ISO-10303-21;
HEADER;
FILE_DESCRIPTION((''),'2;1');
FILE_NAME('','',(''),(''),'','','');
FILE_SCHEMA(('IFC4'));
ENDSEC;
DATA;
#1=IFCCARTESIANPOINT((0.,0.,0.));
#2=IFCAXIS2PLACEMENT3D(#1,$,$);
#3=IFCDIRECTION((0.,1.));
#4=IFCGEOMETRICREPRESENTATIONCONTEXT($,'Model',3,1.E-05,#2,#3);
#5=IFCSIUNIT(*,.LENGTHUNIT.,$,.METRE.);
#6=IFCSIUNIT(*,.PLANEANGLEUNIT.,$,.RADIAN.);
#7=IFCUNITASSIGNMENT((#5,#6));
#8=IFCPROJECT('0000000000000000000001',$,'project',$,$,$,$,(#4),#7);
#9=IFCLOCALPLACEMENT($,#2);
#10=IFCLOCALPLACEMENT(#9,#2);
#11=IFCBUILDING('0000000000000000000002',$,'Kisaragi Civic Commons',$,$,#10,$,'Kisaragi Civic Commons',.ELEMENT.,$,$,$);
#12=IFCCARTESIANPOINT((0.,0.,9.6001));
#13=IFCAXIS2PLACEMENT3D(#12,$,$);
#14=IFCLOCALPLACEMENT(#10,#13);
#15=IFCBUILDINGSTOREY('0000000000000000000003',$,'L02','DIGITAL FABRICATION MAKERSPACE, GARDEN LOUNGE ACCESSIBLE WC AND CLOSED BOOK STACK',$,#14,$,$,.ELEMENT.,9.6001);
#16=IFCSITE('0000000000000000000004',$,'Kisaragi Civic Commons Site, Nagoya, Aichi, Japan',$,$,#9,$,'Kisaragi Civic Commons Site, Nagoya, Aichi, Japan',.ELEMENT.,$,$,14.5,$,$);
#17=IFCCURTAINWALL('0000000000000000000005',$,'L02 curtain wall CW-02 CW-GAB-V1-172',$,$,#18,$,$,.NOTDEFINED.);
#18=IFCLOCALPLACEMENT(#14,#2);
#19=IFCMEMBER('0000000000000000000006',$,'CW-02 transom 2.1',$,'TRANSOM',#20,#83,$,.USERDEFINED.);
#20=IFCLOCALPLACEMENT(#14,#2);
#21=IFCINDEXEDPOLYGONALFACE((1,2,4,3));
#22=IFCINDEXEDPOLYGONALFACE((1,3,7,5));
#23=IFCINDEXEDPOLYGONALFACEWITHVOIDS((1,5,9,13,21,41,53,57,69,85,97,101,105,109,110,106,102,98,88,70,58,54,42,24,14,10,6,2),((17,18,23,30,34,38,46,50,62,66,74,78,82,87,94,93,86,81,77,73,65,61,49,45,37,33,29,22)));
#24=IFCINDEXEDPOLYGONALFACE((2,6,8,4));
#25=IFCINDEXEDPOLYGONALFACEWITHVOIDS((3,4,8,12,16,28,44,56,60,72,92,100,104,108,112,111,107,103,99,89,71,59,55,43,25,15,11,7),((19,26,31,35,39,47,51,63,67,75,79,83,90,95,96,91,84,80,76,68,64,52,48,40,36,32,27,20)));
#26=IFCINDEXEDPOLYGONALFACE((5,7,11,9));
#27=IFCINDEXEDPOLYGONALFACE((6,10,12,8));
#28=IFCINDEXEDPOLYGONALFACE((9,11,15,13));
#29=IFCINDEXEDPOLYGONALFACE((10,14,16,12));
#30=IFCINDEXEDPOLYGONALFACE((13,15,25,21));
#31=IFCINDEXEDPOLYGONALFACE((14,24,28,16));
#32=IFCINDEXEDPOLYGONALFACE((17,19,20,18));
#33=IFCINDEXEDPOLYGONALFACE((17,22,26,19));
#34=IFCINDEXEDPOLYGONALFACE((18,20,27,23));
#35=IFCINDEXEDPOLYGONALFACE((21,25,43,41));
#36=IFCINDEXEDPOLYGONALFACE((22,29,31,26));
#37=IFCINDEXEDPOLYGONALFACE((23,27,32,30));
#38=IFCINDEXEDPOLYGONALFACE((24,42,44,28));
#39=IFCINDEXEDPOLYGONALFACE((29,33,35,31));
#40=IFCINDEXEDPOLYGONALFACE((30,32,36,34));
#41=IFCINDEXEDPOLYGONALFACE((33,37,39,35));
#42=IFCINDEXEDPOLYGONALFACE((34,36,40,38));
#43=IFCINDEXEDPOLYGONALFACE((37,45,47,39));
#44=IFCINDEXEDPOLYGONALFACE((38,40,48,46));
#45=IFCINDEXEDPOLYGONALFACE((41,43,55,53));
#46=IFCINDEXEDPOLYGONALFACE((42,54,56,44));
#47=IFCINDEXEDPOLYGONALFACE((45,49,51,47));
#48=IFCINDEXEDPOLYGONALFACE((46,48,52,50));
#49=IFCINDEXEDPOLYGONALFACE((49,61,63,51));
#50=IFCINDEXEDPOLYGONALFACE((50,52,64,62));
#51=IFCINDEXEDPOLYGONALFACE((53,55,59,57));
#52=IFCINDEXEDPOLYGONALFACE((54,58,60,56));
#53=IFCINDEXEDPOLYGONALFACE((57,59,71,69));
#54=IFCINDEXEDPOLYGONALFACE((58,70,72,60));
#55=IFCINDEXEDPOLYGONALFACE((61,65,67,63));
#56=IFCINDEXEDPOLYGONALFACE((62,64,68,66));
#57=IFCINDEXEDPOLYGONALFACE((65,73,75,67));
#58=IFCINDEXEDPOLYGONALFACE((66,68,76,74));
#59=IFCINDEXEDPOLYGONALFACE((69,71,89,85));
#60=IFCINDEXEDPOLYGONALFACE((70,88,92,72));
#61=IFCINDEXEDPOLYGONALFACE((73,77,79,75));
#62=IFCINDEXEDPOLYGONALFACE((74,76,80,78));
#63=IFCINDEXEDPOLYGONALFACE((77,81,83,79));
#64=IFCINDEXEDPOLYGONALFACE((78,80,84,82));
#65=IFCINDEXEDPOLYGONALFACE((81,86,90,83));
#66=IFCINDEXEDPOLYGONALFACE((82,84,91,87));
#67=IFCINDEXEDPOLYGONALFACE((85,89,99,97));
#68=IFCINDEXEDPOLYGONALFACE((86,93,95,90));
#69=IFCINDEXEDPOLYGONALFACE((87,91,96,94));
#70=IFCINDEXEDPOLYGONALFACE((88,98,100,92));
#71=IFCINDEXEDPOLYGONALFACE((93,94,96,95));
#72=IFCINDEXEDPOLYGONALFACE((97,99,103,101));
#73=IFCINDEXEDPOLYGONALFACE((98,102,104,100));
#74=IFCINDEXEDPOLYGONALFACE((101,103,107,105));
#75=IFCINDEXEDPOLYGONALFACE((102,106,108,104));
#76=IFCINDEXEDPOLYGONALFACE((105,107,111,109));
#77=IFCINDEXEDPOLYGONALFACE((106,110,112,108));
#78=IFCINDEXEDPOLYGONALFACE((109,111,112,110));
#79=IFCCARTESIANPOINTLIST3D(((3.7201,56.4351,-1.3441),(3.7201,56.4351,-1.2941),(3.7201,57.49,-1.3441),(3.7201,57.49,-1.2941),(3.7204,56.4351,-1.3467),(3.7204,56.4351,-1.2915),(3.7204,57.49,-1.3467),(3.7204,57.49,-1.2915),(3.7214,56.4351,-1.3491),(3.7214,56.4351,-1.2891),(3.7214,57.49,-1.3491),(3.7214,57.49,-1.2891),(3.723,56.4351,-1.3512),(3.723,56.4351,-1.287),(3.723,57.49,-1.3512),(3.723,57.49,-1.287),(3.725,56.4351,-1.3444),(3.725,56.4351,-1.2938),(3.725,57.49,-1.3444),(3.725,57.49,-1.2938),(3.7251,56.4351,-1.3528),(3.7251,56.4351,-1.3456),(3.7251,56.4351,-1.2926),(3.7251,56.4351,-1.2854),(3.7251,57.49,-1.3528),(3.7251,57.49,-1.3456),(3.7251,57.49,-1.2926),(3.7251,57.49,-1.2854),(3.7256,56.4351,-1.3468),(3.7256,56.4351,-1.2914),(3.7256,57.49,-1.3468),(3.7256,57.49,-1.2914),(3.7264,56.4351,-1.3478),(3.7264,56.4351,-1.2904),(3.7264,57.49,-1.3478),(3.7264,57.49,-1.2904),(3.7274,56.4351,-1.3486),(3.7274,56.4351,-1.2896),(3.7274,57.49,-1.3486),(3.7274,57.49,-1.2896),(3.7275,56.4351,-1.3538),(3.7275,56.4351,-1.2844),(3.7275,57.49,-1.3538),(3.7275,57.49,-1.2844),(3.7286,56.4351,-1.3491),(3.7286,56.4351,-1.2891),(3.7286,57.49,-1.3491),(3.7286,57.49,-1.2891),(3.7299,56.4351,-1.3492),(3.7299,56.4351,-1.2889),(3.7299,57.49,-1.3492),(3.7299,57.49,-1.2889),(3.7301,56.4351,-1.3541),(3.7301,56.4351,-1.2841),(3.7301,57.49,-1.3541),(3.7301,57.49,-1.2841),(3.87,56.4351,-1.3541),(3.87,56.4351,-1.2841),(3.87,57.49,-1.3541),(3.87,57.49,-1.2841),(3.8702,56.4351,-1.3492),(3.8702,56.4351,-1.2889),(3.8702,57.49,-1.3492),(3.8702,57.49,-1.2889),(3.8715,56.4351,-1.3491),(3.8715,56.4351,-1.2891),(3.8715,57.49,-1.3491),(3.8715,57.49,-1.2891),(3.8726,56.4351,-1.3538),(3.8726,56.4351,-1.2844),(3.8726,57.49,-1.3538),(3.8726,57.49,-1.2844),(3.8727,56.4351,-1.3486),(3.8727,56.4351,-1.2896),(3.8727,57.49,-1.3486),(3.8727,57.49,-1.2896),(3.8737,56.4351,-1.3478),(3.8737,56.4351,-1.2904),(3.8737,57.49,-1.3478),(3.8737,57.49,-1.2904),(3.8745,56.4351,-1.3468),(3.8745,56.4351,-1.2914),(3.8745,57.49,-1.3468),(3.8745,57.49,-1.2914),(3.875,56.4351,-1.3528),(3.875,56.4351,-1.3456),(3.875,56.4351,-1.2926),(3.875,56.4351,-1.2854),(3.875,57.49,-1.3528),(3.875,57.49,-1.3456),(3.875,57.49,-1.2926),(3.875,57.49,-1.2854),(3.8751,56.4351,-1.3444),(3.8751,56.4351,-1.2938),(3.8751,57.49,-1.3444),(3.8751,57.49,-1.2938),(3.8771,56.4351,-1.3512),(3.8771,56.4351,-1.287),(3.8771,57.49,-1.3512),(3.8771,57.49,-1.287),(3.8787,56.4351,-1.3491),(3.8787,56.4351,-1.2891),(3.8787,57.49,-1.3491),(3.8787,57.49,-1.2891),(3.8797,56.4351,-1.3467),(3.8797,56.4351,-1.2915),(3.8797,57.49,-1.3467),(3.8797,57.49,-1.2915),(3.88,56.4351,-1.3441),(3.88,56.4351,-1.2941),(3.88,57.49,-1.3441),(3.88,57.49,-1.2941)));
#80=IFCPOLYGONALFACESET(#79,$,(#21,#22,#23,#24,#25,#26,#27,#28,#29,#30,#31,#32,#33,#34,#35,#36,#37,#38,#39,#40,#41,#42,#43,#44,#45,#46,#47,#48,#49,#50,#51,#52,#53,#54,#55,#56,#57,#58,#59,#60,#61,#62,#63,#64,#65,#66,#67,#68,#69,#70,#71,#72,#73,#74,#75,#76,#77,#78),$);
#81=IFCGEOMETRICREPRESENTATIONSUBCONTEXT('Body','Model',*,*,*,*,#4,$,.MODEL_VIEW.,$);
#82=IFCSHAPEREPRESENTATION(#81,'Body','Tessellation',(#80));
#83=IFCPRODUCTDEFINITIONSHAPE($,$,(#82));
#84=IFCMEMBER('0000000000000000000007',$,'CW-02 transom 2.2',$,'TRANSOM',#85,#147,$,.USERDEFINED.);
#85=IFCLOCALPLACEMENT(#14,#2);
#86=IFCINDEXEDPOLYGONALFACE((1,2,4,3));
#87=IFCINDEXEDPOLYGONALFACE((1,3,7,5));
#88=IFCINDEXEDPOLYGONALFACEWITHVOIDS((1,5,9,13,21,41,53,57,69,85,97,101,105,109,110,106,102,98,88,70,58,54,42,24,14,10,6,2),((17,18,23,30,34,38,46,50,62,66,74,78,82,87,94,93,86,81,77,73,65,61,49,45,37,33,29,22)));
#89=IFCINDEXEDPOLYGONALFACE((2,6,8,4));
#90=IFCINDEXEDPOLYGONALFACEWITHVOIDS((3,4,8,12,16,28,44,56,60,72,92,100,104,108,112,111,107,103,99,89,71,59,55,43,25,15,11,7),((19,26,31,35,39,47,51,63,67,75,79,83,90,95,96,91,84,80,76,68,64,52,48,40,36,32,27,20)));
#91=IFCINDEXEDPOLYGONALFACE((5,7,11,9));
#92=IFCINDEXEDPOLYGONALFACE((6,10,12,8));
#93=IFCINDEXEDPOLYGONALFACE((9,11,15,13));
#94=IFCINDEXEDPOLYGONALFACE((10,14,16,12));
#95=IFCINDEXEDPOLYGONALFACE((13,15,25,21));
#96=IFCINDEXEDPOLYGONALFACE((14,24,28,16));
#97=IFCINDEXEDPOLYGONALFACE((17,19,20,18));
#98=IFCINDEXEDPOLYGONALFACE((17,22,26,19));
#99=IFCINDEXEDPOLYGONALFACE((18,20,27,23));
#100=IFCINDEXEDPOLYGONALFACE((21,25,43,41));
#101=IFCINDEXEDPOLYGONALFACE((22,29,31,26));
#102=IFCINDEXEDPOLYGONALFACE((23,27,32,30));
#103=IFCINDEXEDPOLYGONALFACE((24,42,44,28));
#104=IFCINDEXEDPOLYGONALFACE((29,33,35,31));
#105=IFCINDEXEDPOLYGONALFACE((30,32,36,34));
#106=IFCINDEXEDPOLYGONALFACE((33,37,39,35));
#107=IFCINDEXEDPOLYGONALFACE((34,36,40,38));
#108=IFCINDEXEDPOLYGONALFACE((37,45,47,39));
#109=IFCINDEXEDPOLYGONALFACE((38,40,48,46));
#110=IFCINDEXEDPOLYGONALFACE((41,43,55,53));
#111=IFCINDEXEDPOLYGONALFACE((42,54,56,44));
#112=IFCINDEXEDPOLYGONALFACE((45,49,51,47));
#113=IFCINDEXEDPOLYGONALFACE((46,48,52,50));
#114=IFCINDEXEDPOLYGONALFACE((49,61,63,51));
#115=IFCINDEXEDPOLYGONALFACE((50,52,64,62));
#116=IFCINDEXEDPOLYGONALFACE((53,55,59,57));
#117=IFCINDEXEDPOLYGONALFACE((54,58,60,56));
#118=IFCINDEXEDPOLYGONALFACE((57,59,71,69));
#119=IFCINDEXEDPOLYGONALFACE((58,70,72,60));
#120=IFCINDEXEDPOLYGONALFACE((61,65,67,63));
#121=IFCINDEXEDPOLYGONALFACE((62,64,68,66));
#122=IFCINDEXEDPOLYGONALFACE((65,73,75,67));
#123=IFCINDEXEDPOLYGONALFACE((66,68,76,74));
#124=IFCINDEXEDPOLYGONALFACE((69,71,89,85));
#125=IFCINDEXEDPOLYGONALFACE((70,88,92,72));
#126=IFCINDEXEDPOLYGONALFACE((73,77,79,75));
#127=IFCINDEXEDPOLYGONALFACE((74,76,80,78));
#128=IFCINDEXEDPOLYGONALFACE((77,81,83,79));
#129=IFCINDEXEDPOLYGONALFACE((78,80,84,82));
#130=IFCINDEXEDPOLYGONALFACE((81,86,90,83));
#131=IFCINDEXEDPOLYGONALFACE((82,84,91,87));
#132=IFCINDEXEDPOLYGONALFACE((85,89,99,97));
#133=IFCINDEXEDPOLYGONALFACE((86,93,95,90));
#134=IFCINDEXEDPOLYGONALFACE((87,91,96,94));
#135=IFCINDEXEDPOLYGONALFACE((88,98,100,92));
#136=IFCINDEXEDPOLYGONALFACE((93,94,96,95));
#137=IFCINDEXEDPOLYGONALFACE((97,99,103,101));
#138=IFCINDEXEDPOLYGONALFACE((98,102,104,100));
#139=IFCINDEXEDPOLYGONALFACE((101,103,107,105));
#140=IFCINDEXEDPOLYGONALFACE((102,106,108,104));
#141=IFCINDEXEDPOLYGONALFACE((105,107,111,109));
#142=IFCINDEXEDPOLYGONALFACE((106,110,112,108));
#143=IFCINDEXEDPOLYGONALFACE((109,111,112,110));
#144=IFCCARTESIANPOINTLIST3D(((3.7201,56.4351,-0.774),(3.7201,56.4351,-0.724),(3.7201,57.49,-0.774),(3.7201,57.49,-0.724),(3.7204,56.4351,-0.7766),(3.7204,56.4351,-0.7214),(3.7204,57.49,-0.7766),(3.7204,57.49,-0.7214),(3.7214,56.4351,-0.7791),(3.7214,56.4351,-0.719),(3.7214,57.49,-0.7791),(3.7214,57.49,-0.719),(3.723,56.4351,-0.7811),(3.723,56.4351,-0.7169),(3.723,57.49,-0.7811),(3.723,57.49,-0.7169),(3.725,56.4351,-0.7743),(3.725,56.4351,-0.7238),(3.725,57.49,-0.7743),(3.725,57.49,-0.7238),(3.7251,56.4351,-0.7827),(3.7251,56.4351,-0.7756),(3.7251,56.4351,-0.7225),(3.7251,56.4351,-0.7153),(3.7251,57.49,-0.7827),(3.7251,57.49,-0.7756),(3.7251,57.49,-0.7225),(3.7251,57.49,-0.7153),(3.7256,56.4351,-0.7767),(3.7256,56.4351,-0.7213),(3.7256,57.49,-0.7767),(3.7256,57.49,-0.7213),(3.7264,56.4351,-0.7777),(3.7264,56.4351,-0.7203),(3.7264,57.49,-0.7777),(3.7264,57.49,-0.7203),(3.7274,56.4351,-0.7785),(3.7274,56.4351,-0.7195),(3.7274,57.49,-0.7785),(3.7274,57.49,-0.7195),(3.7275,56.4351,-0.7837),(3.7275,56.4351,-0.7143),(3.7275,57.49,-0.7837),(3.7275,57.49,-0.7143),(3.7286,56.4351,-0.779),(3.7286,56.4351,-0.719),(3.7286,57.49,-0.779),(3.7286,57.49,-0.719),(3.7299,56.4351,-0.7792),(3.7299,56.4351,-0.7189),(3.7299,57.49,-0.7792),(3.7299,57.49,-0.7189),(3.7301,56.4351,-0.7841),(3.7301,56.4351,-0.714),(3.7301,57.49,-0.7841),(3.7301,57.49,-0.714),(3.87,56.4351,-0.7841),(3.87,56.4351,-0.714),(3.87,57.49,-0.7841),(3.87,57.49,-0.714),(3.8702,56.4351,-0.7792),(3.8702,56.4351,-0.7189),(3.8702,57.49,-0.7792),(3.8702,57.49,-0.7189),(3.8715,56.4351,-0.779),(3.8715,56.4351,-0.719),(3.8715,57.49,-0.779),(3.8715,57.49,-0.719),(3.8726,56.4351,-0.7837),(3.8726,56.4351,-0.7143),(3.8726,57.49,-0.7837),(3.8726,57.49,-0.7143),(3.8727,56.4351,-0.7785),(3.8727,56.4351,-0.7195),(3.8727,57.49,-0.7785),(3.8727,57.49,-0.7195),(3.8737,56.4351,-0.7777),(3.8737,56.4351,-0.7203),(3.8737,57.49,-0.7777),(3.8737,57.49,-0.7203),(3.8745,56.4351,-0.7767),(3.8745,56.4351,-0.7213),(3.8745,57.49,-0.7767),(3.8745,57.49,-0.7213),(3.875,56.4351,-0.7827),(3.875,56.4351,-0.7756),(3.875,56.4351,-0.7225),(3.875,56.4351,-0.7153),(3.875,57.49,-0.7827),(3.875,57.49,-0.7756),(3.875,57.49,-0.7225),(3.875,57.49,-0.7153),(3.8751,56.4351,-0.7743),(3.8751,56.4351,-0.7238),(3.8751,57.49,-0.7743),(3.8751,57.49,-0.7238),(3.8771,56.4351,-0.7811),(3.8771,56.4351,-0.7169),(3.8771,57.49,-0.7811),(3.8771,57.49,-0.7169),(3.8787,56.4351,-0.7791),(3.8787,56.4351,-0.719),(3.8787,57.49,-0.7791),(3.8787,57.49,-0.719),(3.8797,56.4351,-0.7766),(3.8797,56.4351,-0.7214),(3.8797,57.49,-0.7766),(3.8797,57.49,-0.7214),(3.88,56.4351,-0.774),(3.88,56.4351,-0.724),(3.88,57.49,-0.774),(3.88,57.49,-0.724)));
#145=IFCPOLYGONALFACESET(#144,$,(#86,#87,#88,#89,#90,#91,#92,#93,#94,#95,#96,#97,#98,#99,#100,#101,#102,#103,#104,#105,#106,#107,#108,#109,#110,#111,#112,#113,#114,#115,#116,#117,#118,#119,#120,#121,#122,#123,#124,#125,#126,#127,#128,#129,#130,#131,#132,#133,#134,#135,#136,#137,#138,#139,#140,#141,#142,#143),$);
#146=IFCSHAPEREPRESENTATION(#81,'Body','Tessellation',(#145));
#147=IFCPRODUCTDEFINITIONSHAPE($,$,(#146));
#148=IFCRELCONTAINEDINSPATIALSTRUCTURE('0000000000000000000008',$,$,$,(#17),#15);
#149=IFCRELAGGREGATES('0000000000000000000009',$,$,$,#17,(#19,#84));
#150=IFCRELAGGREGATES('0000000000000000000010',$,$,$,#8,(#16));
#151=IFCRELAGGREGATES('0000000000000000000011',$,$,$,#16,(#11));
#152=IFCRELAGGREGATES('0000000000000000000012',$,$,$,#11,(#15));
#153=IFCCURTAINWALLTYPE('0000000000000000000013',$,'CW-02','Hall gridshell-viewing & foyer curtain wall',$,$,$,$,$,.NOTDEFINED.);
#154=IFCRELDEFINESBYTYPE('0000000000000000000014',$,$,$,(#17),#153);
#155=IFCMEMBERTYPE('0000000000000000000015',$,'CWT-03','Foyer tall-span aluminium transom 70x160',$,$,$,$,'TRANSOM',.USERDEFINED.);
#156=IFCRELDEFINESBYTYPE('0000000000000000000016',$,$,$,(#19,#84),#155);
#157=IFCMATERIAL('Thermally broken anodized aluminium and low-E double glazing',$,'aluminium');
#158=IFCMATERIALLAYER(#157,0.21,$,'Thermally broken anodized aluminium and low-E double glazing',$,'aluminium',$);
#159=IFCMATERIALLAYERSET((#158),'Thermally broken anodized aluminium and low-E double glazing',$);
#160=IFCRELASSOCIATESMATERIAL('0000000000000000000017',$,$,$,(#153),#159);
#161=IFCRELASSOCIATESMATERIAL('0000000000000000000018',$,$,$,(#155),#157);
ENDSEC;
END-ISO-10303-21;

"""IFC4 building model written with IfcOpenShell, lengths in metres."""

from ifc_helpers import new_model, si_unit, direction, frame, origin, origin_2d, place, context, subcontext, project, spatial, hollow_rectangle, extrude, material, layer, layer_set, material_profile, profile_set, type_object, element, aggregate, save


model = new_model("IFC4")

# Units and contexts
model_context = context("Model", 3, precision=1e-05, world=origin(), true_north=direction((0.0, 1.0)))
body_context = subcontext(model_context, "Body", "Model", "MODEL_VIEW")
ifc_project = project(units=[si_unit("LENGTHUNIT", "METRE"), si_unit("PLANEANGLEUNIT", "RADIAN")], contexts=[model_context])

# Site, building, storey
site_placement = place(None, origin())
site = spatial("IfcSite", under=ifc_project, at=site_placement, Name="Kisaragi Civic Commons Site, Nagoya, Aichi, Japan", LongName="Kisaragi Civic Commons Site, Nagoya, Aichi, Japan", CompositionType="ELEMENT", RefElevation=14.5)
building_placement = place(site_placement, origin())
building = spatial("IfcBuilding", under=site, at=building_placement, Name="Kisaragi Civic Commons", LongName="Kisaragi Civic Commons", CompositionType="ELEMENT")
storey_placement = place(building_placement, frame((0.0, 0.0, 9.6001)))
storey = spatial("IfcBuildingStorey", under=building, at=storey_placement, Name="L02", Description="DIGITAL FABRICATION MAKERSPACE, GARDEN LOUNGE ACCESSIBLE WC AND CLOSED BOOK STACK", CompositionType="ELEMENT", Elevation=9.6001)

# Curtain wall
ifc_material_1 = material(Name="Thermally broken anodized aluminium and low-E double glazing", Category="aluminium")
ifc_layer_1 = layer(ifc_material_1, 0.21, Name="Thermally broken anodized aluminium and low-E double glazing", Category="aluminium")
ifc_layer_set_1 = layer_set([ifc_layer_1], Name="Thermally broken anodized aluminium and low-E double glazing")
curtain_wall_type = type_object("IfcCurtainWallType", Name="CW-02", Description="Hall gridshell-viewing & foyer curtain wall", PredefinedType="NOTDEFINED", material=ifc_layer_set_1)
curtain_wall_1_placement = place(storey_placement, origin())
curtain_wall_1 = element("IfcCurtainWall", 1, at=curtain_wall_1_placement, inside=storey, type_object=curtain_wall_type, Name="L02 curtain wall CW-02 CW-GAB-V1-172", PredefinedType="NOTDEFINED")

# Members
ifc_material_profile_1 = material_profile(ifc_material_1, hollow_rectangle(XDim=0.1599, YDim=0.0701, WallThickness=0.0049, InnerFilletRadius=0.0049, OuterFilletRadius=0.01, at=origin_2d()), Name="CWT-70x160x5", Category="aluminium")
ifc_profile_set_1 = profile_set([ifc_material_profile_1], Name="Thermally broken anodized aluminium and low-E double glazing")
member_type_1 = type_object("IfcMemberType", Name="CWT-03", Description="Foyer tall-span aluminium transom 70x160", ElementType="TRANSOM", PredefinedType="USERDEFINED", material=ifc_profile_set_1)
member_1_placement = place(storey_placement, frame((3.8, 56.4351, -1.3191), z_axis=(0.0, 1.0, 0.0), x_axis=(-1.0, 0.0, 0.0)))
member_1 = element("IfcMember", 2, at=member_1_placement, type_object=member_type_1, Name="CW-02 transom 2.1", ObjectType="TRANSOM", PredefinedType="USERDEFINED", context=body_context, shape_type="SweptSolid", body=[
    extrude(hollow_rectangle(XDim=0.1599, YDim=0.0701, WallThickness=0.0049, InnerFilletRadius=0.0049, OuterFilletRadius=0.01, at=origin_2d()), origin(), (0.0, 0.0, 1.0), 1.0549),
])
member_2_placement = place(storey_placement, frame((3.8, 56.4351, -0.749), z_axis=(0.0, 1.0, 0.0), x_axis=(-1.0, 0.0, 0.0)))
member_2 = element("IfcMember", 3, at=member_2_placement, type_object=member_type_1, Name="CW-02 transom 2.2", ObjectType="TRANSOM", PredefinedType="USERDEFINED", context=body_context, shape_type="SweptSolid", body=[
    extrude(hollow_rectangle(XDim=0.1599, YDim=0.0701, WallThickness=0.0049, InnerFilletRadius=0.0049, OuterFilletRadius=0.01, at=origin_2d()), origin(), (0.0, 0.0, 1.0), 1.0549),
])

aggregate(curtain_wall_1, [member_1, member_2])

save(model, "model.ifc")
